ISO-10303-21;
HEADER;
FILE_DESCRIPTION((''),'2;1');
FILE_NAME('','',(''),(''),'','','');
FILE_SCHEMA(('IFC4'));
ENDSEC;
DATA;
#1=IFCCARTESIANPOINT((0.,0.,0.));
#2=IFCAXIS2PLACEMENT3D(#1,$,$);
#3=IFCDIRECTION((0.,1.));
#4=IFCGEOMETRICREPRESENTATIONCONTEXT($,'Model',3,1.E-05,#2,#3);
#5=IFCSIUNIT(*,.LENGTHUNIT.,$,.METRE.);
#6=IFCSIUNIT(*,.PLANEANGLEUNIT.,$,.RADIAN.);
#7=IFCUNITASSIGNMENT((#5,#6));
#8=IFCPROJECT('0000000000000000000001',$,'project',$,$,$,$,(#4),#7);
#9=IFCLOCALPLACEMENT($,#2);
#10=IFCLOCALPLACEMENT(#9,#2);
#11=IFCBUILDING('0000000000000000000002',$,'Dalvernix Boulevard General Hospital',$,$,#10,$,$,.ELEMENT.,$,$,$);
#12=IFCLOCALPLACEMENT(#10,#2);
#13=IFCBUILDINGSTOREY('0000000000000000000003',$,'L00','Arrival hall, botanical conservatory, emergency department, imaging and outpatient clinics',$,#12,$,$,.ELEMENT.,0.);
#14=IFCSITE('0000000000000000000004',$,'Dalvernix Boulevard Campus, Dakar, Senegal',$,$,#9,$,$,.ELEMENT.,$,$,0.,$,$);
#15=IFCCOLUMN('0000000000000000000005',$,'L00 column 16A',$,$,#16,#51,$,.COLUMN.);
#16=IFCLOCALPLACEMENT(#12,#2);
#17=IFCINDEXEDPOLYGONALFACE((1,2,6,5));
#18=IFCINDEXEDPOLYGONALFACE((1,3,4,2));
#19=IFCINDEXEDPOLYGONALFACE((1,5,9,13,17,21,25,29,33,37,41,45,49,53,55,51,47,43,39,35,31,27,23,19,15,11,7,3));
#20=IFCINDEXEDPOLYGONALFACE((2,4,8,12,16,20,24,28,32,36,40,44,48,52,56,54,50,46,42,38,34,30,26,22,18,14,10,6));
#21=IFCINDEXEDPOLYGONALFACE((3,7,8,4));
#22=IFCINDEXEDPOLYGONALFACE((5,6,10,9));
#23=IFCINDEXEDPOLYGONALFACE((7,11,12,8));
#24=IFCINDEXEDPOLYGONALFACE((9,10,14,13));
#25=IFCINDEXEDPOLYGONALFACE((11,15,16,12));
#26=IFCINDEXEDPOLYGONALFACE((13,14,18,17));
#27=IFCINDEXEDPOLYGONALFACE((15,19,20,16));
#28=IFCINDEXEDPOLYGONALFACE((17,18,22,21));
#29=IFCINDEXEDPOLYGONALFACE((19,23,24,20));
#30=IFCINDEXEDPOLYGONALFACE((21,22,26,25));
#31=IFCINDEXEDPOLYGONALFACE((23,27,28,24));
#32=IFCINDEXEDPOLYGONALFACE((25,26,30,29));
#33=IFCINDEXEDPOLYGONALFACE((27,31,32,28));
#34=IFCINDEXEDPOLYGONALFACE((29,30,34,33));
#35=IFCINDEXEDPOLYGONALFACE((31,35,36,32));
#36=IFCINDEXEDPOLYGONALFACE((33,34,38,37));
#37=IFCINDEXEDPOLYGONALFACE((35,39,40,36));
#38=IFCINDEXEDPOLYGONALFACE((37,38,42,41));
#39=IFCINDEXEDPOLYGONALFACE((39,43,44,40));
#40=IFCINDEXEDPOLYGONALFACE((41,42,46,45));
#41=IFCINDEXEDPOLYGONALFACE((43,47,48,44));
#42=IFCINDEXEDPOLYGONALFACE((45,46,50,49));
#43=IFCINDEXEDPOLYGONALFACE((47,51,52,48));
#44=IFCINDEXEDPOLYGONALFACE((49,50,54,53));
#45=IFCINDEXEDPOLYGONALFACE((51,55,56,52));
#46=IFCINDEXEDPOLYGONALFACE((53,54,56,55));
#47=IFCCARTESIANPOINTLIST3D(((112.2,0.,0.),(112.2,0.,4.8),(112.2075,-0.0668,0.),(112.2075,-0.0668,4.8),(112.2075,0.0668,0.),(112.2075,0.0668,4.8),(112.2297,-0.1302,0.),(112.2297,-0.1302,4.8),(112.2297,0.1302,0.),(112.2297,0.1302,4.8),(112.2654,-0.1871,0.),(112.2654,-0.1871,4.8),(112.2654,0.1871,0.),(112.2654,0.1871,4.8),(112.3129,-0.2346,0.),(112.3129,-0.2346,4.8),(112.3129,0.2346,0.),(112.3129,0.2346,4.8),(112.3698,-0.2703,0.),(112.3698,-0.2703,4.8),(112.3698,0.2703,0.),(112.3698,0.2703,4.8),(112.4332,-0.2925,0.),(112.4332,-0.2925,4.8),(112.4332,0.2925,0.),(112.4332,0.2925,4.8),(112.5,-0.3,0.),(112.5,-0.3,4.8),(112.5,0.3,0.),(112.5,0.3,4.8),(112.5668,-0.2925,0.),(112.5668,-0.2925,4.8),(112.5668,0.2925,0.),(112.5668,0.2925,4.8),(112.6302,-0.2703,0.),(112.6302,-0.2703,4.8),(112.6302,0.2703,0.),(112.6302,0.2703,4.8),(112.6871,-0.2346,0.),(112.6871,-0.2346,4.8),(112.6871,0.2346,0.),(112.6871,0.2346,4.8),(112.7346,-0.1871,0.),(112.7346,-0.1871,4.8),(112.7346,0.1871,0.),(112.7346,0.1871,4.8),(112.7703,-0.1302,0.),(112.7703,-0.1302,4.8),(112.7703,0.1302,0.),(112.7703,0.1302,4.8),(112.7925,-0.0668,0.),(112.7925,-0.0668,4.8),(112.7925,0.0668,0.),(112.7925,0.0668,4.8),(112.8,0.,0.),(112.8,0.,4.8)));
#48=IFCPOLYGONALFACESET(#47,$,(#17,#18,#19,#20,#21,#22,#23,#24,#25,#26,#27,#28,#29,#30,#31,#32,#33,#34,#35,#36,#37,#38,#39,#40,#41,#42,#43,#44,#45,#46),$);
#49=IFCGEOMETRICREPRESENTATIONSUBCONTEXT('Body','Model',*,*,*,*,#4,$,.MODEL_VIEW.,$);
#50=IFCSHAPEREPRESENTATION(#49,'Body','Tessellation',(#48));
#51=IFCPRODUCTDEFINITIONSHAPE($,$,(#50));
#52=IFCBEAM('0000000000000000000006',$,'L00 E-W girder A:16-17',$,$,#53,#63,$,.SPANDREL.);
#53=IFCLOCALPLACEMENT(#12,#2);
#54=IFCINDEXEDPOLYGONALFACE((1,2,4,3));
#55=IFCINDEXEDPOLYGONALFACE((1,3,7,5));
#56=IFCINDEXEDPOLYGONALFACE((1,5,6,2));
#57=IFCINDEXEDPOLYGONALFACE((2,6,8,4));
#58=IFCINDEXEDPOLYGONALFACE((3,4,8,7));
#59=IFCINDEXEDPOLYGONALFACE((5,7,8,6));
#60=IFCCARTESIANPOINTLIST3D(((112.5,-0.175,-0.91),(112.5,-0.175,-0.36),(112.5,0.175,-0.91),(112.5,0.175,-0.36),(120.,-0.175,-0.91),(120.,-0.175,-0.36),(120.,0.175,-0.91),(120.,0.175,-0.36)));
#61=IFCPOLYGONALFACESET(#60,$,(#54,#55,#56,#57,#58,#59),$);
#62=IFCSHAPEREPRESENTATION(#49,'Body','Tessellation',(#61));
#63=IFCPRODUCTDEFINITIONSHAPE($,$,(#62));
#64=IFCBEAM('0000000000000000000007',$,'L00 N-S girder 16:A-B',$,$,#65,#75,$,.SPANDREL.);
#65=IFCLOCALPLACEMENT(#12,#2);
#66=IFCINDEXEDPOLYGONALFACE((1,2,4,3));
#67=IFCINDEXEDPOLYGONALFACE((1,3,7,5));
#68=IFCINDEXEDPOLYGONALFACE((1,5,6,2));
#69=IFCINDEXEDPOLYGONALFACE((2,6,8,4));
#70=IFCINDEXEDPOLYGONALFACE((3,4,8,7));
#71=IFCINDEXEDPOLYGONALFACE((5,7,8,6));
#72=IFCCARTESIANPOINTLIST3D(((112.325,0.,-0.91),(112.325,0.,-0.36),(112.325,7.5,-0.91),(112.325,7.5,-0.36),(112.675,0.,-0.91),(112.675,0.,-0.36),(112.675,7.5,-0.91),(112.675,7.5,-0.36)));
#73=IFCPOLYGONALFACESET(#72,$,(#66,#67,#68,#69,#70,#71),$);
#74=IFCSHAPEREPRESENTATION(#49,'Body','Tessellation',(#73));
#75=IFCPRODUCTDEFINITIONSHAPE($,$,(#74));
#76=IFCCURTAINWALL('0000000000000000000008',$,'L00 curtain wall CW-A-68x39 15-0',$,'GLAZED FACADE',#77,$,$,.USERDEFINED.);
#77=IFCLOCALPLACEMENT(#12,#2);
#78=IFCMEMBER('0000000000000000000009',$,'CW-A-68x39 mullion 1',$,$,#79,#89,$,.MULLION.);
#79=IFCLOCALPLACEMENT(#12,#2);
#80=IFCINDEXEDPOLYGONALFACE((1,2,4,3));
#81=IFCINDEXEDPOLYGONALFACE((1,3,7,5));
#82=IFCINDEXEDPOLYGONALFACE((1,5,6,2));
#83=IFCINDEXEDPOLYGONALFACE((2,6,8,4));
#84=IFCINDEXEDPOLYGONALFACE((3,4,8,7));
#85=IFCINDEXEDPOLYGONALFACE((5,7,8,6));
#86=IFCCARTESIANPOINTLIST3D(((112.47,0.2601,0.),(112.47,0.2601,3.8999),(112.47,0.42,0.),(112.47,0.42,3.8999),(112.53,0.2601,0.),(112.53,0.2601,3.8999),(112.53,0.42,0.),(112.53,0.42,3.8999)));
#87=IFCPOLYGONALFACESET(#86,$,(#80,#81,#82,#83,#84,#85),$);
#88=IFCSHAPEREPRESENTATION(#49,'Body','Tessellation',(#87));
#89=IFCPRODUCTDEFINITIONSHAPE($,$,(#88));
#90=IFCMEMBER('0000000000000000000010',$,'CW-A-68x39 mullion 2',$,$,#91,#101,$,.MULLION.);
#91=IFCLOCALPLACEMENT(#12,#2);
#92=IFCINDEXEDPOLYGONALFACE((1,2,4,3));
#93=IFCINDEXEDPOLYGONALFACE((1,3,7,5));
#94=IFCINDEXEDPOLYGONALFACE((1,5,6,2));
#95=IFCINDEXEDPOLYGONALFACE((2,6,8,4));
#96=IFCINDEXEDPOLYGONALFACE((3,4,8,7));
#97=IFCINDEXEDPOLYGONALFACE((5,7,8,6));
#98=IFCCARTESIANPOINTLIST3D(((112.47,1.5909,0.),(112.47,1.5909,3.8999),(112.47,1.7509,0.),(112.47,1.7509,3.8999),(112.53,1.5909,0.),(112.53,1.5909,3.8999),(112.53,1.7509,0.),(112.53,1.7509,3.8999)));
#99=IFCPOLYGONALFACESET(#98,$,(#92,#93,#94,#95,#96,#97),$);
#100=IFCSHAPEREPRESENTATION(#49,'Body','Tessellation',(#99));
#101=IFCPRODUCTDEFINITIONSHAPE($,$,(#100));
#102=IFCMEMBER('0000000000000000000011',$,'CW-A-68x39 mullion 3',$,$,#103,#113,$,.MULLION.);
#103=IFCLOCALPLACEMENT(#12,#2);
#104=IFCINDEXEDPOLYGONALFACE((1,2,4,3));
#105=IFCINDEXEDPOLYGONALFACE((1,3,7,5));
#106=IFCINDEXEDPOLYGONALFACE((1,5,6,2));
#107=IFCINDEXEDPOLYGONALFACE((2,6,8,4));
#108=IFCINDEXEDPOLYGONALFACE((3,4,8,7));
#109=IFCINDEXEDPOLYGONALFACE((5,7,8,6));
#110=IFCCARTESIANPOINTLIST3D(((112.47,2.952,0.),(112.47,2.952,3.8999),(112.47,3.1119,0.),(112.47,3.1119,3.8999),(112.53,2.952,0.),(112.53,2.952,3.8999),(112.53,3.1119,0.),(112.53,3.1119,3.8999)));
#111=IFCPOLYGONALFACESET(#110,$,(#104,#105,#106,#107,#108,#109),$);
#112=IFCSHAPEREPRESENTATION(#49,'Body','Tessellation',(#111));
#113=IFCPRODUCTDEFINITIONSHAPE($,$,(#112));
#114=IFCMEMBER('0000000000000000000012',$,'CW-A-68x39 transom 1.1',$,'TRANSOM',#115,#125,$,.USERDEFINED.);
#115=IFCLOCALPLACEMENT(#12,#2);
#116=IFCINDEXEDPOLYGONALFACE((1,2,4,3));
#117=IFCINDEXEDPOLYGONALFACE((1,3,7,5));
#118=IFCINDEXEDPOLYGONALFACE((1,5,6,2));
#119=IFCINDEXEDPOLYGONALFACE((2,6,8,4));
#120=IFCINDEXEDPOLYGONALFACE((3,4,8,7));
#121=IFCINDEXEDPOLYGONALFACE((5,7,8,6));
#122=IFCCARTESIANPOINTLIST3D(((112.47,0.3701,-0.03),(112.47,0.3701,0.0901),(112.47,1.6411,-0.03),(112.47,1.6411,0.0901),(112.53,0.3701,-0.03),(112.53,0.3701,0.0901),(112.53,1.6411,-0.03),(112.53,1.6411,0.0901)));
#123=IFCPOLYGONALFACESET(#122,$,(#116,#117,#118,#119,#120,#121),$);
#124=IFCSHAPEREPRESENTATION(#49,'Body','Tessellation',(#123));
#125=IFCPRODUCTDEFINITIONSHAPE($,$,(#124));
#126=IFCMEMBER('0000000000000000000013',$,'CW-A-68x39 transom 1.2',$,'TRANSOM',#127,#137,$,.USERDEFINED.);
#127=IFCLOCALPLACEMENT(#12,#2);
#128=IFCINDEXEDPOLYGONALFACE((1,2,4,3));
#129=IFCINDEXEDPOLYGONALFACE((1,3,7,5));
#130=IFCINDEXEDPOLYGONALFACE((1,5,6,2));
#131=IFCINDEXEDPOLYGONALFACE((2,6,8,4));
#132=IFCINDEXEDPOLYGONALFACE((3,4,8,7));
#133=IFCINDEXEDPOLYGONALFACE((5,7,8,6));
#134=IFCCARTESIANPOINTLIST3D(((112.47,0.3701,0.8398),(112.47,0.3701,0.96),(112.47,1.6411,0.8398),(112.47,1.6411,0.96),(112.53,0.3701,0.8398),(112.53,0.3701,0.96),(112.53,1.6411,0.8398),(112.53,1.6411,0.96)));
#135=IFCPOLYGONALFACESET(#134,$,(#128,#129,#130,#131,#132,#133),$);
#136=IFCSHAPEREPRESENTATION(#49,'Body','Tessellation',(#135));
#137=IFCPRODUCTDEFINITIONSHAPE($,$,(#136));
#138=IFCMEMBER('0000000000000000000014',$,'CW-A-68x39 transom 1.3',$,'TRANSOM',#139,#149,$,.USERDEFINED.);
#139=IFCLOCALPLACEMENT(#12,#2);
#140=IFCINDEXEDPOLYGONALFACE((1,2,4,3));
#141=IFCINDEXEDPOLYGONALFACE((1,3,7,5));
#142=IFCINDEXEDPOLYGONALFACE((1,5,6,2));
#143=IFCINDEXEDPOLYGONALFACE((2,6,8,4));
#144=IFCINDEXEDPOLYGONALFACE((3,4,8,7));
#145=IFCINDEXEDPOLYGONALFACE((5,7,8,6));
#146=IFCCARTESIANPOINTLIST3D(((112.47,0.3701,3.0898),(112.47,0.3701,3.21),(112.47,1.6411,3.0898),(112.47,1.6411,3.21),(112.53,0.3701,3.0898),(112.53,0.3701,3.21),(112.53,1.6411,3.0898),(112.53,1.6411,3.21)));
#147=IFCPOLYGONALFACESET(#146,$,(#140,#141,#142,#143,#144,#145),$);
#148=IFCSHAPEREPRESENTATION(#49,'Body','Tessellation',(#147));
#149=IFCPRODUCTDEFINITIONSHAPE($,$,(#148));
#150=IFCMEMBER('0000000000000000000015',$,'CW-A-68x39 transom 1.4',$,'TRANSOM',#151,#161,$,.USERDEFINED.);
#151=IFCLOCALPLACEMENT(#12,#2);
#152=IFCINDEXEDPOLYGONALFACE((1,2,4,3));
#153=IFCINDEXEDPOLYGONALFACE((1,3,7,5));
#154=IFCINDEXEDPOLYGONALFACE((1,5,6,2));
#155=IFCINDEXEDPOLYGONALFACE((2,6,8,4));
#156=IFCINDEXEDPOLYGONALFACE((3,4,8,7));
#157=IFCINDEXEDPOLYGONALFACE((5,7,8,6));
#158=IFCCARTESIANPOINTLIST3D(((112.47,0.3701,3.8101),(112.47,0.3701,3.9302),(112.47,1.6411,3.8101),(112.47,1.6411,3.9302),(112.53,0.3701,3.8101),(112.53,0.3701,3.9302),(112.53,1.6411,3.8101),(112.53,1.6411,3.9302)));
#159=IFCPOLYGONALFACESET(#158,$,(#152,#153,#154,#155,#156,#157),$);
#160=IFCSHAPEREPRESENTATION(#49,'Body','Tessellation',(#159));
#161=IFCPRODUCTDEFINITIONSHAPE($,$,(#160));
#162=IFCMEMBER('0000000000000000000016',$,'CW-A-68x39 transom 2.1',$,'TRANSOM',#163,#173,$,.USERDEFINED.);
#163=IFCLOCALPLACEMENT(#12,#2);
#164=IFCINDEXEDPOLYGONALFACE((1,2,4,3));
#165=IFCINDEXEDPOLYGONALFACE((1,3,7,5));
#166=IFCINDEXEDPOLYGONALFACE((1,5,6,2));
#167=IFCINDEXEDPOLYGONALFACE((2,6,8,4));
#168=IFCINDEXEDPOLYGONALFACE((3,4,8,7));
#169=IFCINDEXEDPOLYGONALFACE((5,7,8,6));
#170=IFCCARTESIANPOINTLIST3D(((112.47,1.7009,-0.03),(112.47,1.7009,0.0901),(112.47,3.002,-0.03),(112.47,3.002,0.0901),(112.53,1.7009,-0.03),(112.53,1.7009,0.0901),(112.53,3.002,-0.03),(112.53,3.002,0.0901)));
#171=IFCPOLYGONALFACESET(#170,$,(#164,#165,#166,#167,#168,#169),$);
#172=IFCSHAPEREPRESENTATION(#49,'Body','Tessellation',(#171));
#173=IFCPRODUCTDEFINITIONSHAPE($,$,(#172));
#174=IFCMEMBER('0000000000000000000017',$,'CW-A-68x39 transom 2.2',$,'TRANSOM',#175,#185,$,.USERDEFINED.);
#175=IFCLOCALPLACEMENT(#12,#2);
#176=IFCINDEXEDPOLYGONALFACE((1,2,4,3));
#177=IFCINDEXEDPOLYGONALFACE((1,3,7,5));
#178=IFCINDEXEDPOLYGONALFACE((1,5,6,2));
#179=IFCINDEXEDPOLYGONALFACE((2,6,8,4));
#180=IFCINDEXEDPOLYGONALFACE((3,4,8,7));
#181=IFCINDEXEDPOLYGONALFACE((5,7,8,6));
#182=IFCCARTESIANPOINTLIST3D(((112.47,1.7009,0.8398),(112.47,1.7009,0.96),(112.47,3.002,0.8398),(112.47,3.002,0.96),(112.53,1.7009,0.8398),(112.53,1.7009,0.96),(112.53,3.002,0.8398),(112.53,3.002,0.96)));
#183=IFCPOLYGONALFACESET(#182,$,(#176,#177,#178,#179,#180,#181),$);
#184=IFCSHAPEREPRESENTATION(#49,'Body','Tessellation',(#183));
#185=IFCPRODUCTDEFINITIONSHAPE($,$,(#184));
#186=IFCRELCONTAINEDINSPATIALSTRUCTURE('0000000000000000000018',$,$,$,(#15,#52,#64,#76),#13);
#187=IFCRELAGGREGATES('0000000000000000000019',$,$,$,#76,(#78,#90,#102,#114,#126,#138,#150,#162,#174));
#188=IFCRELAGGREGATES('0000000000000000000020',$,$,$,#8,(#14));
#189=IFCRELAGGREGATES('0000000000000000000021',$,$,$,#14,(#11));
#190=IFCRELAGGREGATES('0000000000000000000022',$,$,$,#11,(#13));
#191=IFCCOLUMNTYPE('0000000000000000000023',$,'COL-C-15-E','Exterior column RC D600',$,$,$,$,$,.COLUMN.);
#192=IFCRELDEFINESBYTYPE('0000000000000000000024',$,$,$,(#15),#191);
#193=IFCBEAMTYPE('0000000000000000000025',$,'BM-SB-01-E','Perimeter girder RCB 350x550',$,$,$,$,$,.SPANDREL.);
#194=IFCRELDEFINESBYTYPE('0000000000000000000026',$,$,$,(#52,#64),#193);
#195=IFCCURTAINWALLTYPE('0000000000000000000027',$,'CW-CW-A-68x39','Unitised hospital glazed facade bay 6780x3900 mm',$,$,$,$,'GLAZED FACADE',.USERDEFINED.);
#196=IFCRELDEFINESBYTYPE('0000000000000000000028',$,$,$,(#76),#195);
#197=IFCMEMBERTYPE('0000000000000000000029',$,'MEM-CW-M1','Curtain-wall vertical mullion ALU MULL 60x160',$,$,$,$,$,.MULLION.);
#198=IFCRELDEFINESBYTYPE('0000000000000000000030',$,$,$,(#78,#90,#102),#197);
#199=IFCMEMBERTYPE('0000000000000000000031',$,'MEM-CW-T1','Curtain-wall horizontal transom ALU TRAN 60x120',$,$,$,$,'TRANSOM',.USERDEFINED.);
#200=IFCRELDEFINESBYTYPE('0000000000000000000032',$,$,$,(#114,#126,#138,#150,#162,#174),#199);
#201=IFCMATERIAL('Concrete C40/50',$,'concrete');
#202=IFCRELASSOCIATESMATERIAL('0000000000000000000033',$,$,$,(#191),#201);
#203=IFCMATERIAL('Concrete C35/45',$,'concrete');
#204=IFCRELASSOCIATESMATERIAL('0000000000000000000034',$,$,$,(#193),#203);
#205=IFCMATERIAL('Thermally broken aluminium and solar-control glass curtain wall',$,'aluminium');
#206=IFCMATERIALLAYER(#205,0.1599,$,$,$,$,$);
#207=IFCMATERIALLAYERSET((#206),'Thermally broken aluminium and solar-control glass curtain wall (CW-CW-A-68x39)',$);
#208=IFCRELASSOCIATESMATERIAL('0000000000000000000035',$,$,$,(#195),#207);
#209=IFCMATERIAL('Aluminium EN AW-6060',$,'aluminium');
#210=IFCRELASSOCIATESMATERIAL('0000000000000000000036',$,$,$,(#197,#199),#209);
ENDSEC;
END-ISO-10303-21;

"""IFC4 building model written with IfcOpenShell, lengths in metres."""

from ifc_helpers import new_model, si_unit, direction, frame, origin, origin_2d, place, context, subcontext, project, spatial, rectangle, circle, extrude, material, layer, layer_set, material_profile, profile_set, type_object, element, aggregate, save


model = new_model("IFC4")

# Units and contexts
model_context = context("Model", 3, precision=1e-05, world=origin(), true_north=direction((0.0, 1.0)))
body_context = subcontext(model_context, "Body", "Model", "MODEL_VIEW")
ifc_project = project(units=[si_unit("LENGTHUNIT", "METRE"), si_unit("PLANEANGLEUNIT", "RADIAN")], contexts=[model_context])

# Site, building, storey
site_placement = place(None, origin())
site = spatial("IfcSite", under=ifc_project, at=site_placement, Name="Dalvernix Boulevard Campus, Dakar, Senegal", CompositionType="ELEMENT", RefElevation=0.0)
building_placement = place(site_placement, origin())
building = spatial("IfcBuilding", under=site, at=building_placement, Name="Dalvernix Boulevard General Hospital", CompositionType="ELEMENT")
storey_placement = place(building_placement, origin())
storey = spatial("IfcBuildingStorey", under=building, at=storey_placement, Name="L00", Description="Arrival hall, botanical conservatory, emergency department, imaging and outpatient clinics", CompositionType="ELEMENT", Elevation=0.0)

# Column
ifc_material_1 = material(Name="Concrete C40/50", Category="concrete")
ifc_material_profile_1 = material_profile(ifc_material_1, circle(Radius=0.3, at=origin_2d()), Name="RC D600")
ifc_profile_set_1 = profile_set([ifc_material_profile_1], Name="Concrete C40/50")
column_type = type_object("IfcColumnType", Name="COL-C-15-E", Description="Exterior column RC D600", PredefinedType="COLUMN", material=ifc_profile_set_1)
column_placement = place(storey_placement, frame((112.5, 0.0, 0.0), z_axis=(0.0, 0.0, 1.0), x_axis=(1.0, 0.0, 0.0)))
element("IfcColumn", 1, at=column_placement, inside=storey, type_object=column_type, Name="L00 column 16A", PredefinedType="COLUMN", context=body_context, shape_type="SweptSolid", body=[
    extrude(circle(Radius=0.3, at=origin_2d()), origin(), (0.0, 0.0, 1.0), 4.8),
])

# Beams
ifc_material_2 = material(Name="Concrete C35/45", Category="concrete")
ifc_material_profile_2 = material_profile(ifc_material_2, rectangle(XDim=0.3501, YDim=0.55, at=origin_2d()), Name="RCB 350x550")
ifc_profile_set_2 = profile_set([ifc_material_profile_2], Name="Concrete C35/45")
beam_type = type_object("IfcBeamType", Name="BM-SB-01-E", Description="Perimeter girder RCB 350x550", PredefinedType="SPANDREL", material=ifc_profile_set_2)
for number, where, z_axis, x_axis, name in (
    (2, (112.5, 0.0, -0.635), (1.0, 0.0, 0.0), (0.0, 1.0, 0.0), "L00 E-W girder A:16-17"),
    (3, (112.5, 0.0, -0.635), (0.0, 1.0, 0.0), (-1.0, 0.0, 0.0), "L00 N-S girder 16:A-B"),
):
    element("IfcBeam", number, at=place(storey_placement, frame(where, z_axis=z_axis, x_axis=x_axis)), inside=storey, type_object=beam_type, Name=name, PredefinedType="SPANDREL", context=body_context, shape_type="SweptSolid", body=[
        extrude(rectangle(XDim=0.3501, YDim=0.55, at=origin_2d()), origin(), (0.0, 0.0, 1.0), 7.5),
    ])

# Curtain wall, members
ifc_material_3 = material(Name="Thermally broken aluminium and solar-control glass curtain wall", Category="aluminium")
ifc_layer_1 = layer(ifc_material_3, 0.1599)
ifc_layer_set_1 = layer_set([ifc_layer_1], Name="Thermally broken aluminium and solar-control glass curtain wall (CW-CW-A-68x39)")
curtain_wall_type = type_object("IfcCurtainWallType", Name="CW-CW-A-68x39", Description="Unitised hospital glazed facade bay 6780x3900 mm", ElementType="GLAZED FACADE", PredefinedType="USERDEFINED", material=ifc_layer_set_1)
curtain_wall_placement = place(storey_placement, origin())
curtain_wall = element("IfcCurtainWall", 4, at=curtain_wall_placement, inside=storey, type_object=curtain_wall_type, Name="L00 curtain wall CW-A-68x39 15-0", ObjectType="GLAZED FACADE", PredefinedType="USERDEFINED")
ifc_material_4 = material(Name="Aluminium EN AW-6060", Category="aluminium")
ifc_material_profile_3 = material_profile(ifc_material_4, rectangle(XDim=0.0601, YDim=0.1599, at=origin_2d()), Name="ALU MULL 60x160")
ifc_profile_set_3 = profile_set([ifc_material_profile_3], Name="Aluminium EN AW-6060")
member_type_1 = type_object("IfcMemberType", Name="MEM-CW-M1", Description="Curtain-wall vertical mullion ALU MULL 60x160", PredefinedType="MULLION", material=ifc_profile_set_3)
member_1_placement = place(storey_placement, frame((112.5, 0.3401, 0.0), z_axis=(0.0, 0.0, 1.0), x_axis=(-1.0, 0.0, 0.0)))
member_1 = element("IfcMember", 5, at=member_1_placement, type_object=member_type_1, Name="CW-A-68x39 mullion 1", PredefinedType="MULLION", context=body_context, shape_type="SweptSolid", body=[
    extrude(rectangle(XDim=0.0601, YDim=0.1599, at=origin_2d()), origin(), (0.0, 0.0, 1.0), 3.8999),
])
member_2_placement = place(storey_placement, frame((112.5, 1.6709, 0.0), z_axis=(0.0, 0.0, 1.0), x_axis=(-1.0, 0.0, 0.0)))
member_2 = element("IfcMember", 6, at=member_2_placement, type_object=member_type_1, Name="CW-A-68x39 mullion 2", PredefinedType="MULLION", context=body_context, shape_type="SweptSolid", body=[
    extrude(rectangle(XDim=0.0601, YDim=0.1599, at=origin_2d()), origin(), (0.0, 0.0, 1.0), 3.8999),
])
member_3_placement = place(storey_placement, frame((112.5, 3.032, 0.0), z_axis=(0.0, 0.0, 1.0), x_axis=(-1.0, 0.0, 0.0)))
member_3 = element("IfcMember", 7, at=member_3_placement, type_object=member_type_1, Name="CW-A-68x39 mullion 3", PredefinedType="MULLION", context=body_context, shape_type="SweptSolid", body=[
    extrude(rectangle(XDim=0.0601, YDim=0.1599, at=origin_2d()), origin(), (0.0, 0.0, 1.0), 3.8999),
])
ifc_material_profile_4 = material_profile(ifc_material_4, rectangle(XDim=0.0601, YDim=0.1201, at=origin_2d()), Name="ALU TRAN 60x120")
ifc_profile_set_4 = profile_set([ifc_material_profile_4], Name="Aluminium EN AW-6060")
member_type_2 = type_object("IfcMemberType", Name="MEM-CW-T1", Description="Curtain-wall horizontal transom ALU TRAN 60x120", ElementType="TRANSOM", PredefinedType="USERDEFINED", material=ifc_profile_set_4)
member_4_placement = place(storey_placement, frame((112.5, 0.3701, 0.03), z_axis=(0.0, 1.0, 0.0), x_axis=(-1.0, 0.0, 0.0)))
member_4 = element("IfcMember", 8, at=member_4_placement, type_object=member_type_2, Name="CW-A-68x39 transom 1.1", ObjectType="TRANSOM", PredefinedType="USERDEFINED", context=body_context, shape_type="SweptSolid", body=[
    extrude(rectangle(XDim=0.0601, YDim=0.1201, at=origin_2d()), origin(), (0.0, 0.0, 1.0), 1.271),
])
member_5_placement = place(storey_placement, frame((112.5, 0.3701, 0.8999), z_axis=(0.0, 1.0, 0.0), x_axis=(-1.0, 0.0, 0.0)))
member_5 = element("IfcMember", 9, at=member_5_placement, type_object=member_type_2, Name="CW-A-68x39 transom 1.2", ObjectType="TRANSOM", PredefinedType="USERDEFINED", context=body_context, shape_type="SweptSolid", body=[
    extrude(rectangle(XDim=0.0601, YDim=0.1201, at=origin_2d()), origin(), (0.0, 0.0, 1.0), 1.271),
])
member_6_placement = place(storey_placement, frame((112.5, 0.3701, 3.1499), z_axis=(0.0, 1.0, 0.0), x_axis=(-1.0, 0.0, 0.0)))
member_6 = element("IfcMember", 10, at=member_6_placement, type_object=member_type_2, Name="CW-A-68x39 transom 1.3", ObjectType="TRANSOM", PredefinedType="USERDEFINED", context=body_context, shape_type="SweptSolid", body=[
    extrude(rectangle(XDim=0.0601, YDim=0.1201, at=origin_2d()), origin(), (0.0, 0.0, 1.0), 1.271),
])
member_7_placement = place(storey_placement, frame((112.5, 0.3701, 3.8701), z_axis=(0.0, 1.0, 0.0), x_axis=(-1.0, 0.0, 0.0)))
member_7 = element("IfcMember", 11, at=member_7_placement, type_object=member_type_2, Name="CW-A-68x39 transom 1.4", ObjectType="TRANSOM", PredefinedType="USERDEFINED", context=body_context, shape_type="SweptSolid", body=[
    extrude(rectangle(XDim=0.0601, YDim=0.1201, at=origin_2d()), origin(), (0.0, 0.0, 1.0), 1.271),
])
member_8_placement = place(storey_placement, frame((112.5, 1.7009, 0.03), z_axis=(0.0, 1.0, 0.0), x_axis=(-1.0, 0.0, 0.0)))
member_8 = element("IfcMember", 12, at=member_8_placement, type_object=member_type_2, Name="CW-A-68x39 transom 2.1", ObjectType="TRANSOM", PredefinedType="USERDEFINED", context=body_context, shape_type="SweptSolid", body=[
    extrude(rectangle(XDim=0.0601, YDim=0.1201, at=origin_2d()), origin(), (0.0, 0.0, 1.0), 1.301),
])
member_9_placement = place(storey_placement, frame((112.5, 1.7009, 0.8999), z_axis=(0.0, 1.0, 0.0), x_axis=(-1.0, 0.0, 0.0)))
member_9 = element("IfcMember", 13, at=member_9_placement, type_object=member_type_2, Name="CW-A-68x39 transom 2.2", ObjectType="TRANSOM", PredefinedType="USERDEFINED", context=body_context, shape_type="SweptSolid", body=[
    extrude(rectangle(XDim=0.0601, YDim=0.1201, at=origin_2d()), origin(), (0.0, 0.0, 1.0), 1.301),
])
aggregate(curtain_wall, [member_1, member_2, member_3, member_4, member_5, member_6, member_7, member_8, member_9])

save(model, "model.ifc")
